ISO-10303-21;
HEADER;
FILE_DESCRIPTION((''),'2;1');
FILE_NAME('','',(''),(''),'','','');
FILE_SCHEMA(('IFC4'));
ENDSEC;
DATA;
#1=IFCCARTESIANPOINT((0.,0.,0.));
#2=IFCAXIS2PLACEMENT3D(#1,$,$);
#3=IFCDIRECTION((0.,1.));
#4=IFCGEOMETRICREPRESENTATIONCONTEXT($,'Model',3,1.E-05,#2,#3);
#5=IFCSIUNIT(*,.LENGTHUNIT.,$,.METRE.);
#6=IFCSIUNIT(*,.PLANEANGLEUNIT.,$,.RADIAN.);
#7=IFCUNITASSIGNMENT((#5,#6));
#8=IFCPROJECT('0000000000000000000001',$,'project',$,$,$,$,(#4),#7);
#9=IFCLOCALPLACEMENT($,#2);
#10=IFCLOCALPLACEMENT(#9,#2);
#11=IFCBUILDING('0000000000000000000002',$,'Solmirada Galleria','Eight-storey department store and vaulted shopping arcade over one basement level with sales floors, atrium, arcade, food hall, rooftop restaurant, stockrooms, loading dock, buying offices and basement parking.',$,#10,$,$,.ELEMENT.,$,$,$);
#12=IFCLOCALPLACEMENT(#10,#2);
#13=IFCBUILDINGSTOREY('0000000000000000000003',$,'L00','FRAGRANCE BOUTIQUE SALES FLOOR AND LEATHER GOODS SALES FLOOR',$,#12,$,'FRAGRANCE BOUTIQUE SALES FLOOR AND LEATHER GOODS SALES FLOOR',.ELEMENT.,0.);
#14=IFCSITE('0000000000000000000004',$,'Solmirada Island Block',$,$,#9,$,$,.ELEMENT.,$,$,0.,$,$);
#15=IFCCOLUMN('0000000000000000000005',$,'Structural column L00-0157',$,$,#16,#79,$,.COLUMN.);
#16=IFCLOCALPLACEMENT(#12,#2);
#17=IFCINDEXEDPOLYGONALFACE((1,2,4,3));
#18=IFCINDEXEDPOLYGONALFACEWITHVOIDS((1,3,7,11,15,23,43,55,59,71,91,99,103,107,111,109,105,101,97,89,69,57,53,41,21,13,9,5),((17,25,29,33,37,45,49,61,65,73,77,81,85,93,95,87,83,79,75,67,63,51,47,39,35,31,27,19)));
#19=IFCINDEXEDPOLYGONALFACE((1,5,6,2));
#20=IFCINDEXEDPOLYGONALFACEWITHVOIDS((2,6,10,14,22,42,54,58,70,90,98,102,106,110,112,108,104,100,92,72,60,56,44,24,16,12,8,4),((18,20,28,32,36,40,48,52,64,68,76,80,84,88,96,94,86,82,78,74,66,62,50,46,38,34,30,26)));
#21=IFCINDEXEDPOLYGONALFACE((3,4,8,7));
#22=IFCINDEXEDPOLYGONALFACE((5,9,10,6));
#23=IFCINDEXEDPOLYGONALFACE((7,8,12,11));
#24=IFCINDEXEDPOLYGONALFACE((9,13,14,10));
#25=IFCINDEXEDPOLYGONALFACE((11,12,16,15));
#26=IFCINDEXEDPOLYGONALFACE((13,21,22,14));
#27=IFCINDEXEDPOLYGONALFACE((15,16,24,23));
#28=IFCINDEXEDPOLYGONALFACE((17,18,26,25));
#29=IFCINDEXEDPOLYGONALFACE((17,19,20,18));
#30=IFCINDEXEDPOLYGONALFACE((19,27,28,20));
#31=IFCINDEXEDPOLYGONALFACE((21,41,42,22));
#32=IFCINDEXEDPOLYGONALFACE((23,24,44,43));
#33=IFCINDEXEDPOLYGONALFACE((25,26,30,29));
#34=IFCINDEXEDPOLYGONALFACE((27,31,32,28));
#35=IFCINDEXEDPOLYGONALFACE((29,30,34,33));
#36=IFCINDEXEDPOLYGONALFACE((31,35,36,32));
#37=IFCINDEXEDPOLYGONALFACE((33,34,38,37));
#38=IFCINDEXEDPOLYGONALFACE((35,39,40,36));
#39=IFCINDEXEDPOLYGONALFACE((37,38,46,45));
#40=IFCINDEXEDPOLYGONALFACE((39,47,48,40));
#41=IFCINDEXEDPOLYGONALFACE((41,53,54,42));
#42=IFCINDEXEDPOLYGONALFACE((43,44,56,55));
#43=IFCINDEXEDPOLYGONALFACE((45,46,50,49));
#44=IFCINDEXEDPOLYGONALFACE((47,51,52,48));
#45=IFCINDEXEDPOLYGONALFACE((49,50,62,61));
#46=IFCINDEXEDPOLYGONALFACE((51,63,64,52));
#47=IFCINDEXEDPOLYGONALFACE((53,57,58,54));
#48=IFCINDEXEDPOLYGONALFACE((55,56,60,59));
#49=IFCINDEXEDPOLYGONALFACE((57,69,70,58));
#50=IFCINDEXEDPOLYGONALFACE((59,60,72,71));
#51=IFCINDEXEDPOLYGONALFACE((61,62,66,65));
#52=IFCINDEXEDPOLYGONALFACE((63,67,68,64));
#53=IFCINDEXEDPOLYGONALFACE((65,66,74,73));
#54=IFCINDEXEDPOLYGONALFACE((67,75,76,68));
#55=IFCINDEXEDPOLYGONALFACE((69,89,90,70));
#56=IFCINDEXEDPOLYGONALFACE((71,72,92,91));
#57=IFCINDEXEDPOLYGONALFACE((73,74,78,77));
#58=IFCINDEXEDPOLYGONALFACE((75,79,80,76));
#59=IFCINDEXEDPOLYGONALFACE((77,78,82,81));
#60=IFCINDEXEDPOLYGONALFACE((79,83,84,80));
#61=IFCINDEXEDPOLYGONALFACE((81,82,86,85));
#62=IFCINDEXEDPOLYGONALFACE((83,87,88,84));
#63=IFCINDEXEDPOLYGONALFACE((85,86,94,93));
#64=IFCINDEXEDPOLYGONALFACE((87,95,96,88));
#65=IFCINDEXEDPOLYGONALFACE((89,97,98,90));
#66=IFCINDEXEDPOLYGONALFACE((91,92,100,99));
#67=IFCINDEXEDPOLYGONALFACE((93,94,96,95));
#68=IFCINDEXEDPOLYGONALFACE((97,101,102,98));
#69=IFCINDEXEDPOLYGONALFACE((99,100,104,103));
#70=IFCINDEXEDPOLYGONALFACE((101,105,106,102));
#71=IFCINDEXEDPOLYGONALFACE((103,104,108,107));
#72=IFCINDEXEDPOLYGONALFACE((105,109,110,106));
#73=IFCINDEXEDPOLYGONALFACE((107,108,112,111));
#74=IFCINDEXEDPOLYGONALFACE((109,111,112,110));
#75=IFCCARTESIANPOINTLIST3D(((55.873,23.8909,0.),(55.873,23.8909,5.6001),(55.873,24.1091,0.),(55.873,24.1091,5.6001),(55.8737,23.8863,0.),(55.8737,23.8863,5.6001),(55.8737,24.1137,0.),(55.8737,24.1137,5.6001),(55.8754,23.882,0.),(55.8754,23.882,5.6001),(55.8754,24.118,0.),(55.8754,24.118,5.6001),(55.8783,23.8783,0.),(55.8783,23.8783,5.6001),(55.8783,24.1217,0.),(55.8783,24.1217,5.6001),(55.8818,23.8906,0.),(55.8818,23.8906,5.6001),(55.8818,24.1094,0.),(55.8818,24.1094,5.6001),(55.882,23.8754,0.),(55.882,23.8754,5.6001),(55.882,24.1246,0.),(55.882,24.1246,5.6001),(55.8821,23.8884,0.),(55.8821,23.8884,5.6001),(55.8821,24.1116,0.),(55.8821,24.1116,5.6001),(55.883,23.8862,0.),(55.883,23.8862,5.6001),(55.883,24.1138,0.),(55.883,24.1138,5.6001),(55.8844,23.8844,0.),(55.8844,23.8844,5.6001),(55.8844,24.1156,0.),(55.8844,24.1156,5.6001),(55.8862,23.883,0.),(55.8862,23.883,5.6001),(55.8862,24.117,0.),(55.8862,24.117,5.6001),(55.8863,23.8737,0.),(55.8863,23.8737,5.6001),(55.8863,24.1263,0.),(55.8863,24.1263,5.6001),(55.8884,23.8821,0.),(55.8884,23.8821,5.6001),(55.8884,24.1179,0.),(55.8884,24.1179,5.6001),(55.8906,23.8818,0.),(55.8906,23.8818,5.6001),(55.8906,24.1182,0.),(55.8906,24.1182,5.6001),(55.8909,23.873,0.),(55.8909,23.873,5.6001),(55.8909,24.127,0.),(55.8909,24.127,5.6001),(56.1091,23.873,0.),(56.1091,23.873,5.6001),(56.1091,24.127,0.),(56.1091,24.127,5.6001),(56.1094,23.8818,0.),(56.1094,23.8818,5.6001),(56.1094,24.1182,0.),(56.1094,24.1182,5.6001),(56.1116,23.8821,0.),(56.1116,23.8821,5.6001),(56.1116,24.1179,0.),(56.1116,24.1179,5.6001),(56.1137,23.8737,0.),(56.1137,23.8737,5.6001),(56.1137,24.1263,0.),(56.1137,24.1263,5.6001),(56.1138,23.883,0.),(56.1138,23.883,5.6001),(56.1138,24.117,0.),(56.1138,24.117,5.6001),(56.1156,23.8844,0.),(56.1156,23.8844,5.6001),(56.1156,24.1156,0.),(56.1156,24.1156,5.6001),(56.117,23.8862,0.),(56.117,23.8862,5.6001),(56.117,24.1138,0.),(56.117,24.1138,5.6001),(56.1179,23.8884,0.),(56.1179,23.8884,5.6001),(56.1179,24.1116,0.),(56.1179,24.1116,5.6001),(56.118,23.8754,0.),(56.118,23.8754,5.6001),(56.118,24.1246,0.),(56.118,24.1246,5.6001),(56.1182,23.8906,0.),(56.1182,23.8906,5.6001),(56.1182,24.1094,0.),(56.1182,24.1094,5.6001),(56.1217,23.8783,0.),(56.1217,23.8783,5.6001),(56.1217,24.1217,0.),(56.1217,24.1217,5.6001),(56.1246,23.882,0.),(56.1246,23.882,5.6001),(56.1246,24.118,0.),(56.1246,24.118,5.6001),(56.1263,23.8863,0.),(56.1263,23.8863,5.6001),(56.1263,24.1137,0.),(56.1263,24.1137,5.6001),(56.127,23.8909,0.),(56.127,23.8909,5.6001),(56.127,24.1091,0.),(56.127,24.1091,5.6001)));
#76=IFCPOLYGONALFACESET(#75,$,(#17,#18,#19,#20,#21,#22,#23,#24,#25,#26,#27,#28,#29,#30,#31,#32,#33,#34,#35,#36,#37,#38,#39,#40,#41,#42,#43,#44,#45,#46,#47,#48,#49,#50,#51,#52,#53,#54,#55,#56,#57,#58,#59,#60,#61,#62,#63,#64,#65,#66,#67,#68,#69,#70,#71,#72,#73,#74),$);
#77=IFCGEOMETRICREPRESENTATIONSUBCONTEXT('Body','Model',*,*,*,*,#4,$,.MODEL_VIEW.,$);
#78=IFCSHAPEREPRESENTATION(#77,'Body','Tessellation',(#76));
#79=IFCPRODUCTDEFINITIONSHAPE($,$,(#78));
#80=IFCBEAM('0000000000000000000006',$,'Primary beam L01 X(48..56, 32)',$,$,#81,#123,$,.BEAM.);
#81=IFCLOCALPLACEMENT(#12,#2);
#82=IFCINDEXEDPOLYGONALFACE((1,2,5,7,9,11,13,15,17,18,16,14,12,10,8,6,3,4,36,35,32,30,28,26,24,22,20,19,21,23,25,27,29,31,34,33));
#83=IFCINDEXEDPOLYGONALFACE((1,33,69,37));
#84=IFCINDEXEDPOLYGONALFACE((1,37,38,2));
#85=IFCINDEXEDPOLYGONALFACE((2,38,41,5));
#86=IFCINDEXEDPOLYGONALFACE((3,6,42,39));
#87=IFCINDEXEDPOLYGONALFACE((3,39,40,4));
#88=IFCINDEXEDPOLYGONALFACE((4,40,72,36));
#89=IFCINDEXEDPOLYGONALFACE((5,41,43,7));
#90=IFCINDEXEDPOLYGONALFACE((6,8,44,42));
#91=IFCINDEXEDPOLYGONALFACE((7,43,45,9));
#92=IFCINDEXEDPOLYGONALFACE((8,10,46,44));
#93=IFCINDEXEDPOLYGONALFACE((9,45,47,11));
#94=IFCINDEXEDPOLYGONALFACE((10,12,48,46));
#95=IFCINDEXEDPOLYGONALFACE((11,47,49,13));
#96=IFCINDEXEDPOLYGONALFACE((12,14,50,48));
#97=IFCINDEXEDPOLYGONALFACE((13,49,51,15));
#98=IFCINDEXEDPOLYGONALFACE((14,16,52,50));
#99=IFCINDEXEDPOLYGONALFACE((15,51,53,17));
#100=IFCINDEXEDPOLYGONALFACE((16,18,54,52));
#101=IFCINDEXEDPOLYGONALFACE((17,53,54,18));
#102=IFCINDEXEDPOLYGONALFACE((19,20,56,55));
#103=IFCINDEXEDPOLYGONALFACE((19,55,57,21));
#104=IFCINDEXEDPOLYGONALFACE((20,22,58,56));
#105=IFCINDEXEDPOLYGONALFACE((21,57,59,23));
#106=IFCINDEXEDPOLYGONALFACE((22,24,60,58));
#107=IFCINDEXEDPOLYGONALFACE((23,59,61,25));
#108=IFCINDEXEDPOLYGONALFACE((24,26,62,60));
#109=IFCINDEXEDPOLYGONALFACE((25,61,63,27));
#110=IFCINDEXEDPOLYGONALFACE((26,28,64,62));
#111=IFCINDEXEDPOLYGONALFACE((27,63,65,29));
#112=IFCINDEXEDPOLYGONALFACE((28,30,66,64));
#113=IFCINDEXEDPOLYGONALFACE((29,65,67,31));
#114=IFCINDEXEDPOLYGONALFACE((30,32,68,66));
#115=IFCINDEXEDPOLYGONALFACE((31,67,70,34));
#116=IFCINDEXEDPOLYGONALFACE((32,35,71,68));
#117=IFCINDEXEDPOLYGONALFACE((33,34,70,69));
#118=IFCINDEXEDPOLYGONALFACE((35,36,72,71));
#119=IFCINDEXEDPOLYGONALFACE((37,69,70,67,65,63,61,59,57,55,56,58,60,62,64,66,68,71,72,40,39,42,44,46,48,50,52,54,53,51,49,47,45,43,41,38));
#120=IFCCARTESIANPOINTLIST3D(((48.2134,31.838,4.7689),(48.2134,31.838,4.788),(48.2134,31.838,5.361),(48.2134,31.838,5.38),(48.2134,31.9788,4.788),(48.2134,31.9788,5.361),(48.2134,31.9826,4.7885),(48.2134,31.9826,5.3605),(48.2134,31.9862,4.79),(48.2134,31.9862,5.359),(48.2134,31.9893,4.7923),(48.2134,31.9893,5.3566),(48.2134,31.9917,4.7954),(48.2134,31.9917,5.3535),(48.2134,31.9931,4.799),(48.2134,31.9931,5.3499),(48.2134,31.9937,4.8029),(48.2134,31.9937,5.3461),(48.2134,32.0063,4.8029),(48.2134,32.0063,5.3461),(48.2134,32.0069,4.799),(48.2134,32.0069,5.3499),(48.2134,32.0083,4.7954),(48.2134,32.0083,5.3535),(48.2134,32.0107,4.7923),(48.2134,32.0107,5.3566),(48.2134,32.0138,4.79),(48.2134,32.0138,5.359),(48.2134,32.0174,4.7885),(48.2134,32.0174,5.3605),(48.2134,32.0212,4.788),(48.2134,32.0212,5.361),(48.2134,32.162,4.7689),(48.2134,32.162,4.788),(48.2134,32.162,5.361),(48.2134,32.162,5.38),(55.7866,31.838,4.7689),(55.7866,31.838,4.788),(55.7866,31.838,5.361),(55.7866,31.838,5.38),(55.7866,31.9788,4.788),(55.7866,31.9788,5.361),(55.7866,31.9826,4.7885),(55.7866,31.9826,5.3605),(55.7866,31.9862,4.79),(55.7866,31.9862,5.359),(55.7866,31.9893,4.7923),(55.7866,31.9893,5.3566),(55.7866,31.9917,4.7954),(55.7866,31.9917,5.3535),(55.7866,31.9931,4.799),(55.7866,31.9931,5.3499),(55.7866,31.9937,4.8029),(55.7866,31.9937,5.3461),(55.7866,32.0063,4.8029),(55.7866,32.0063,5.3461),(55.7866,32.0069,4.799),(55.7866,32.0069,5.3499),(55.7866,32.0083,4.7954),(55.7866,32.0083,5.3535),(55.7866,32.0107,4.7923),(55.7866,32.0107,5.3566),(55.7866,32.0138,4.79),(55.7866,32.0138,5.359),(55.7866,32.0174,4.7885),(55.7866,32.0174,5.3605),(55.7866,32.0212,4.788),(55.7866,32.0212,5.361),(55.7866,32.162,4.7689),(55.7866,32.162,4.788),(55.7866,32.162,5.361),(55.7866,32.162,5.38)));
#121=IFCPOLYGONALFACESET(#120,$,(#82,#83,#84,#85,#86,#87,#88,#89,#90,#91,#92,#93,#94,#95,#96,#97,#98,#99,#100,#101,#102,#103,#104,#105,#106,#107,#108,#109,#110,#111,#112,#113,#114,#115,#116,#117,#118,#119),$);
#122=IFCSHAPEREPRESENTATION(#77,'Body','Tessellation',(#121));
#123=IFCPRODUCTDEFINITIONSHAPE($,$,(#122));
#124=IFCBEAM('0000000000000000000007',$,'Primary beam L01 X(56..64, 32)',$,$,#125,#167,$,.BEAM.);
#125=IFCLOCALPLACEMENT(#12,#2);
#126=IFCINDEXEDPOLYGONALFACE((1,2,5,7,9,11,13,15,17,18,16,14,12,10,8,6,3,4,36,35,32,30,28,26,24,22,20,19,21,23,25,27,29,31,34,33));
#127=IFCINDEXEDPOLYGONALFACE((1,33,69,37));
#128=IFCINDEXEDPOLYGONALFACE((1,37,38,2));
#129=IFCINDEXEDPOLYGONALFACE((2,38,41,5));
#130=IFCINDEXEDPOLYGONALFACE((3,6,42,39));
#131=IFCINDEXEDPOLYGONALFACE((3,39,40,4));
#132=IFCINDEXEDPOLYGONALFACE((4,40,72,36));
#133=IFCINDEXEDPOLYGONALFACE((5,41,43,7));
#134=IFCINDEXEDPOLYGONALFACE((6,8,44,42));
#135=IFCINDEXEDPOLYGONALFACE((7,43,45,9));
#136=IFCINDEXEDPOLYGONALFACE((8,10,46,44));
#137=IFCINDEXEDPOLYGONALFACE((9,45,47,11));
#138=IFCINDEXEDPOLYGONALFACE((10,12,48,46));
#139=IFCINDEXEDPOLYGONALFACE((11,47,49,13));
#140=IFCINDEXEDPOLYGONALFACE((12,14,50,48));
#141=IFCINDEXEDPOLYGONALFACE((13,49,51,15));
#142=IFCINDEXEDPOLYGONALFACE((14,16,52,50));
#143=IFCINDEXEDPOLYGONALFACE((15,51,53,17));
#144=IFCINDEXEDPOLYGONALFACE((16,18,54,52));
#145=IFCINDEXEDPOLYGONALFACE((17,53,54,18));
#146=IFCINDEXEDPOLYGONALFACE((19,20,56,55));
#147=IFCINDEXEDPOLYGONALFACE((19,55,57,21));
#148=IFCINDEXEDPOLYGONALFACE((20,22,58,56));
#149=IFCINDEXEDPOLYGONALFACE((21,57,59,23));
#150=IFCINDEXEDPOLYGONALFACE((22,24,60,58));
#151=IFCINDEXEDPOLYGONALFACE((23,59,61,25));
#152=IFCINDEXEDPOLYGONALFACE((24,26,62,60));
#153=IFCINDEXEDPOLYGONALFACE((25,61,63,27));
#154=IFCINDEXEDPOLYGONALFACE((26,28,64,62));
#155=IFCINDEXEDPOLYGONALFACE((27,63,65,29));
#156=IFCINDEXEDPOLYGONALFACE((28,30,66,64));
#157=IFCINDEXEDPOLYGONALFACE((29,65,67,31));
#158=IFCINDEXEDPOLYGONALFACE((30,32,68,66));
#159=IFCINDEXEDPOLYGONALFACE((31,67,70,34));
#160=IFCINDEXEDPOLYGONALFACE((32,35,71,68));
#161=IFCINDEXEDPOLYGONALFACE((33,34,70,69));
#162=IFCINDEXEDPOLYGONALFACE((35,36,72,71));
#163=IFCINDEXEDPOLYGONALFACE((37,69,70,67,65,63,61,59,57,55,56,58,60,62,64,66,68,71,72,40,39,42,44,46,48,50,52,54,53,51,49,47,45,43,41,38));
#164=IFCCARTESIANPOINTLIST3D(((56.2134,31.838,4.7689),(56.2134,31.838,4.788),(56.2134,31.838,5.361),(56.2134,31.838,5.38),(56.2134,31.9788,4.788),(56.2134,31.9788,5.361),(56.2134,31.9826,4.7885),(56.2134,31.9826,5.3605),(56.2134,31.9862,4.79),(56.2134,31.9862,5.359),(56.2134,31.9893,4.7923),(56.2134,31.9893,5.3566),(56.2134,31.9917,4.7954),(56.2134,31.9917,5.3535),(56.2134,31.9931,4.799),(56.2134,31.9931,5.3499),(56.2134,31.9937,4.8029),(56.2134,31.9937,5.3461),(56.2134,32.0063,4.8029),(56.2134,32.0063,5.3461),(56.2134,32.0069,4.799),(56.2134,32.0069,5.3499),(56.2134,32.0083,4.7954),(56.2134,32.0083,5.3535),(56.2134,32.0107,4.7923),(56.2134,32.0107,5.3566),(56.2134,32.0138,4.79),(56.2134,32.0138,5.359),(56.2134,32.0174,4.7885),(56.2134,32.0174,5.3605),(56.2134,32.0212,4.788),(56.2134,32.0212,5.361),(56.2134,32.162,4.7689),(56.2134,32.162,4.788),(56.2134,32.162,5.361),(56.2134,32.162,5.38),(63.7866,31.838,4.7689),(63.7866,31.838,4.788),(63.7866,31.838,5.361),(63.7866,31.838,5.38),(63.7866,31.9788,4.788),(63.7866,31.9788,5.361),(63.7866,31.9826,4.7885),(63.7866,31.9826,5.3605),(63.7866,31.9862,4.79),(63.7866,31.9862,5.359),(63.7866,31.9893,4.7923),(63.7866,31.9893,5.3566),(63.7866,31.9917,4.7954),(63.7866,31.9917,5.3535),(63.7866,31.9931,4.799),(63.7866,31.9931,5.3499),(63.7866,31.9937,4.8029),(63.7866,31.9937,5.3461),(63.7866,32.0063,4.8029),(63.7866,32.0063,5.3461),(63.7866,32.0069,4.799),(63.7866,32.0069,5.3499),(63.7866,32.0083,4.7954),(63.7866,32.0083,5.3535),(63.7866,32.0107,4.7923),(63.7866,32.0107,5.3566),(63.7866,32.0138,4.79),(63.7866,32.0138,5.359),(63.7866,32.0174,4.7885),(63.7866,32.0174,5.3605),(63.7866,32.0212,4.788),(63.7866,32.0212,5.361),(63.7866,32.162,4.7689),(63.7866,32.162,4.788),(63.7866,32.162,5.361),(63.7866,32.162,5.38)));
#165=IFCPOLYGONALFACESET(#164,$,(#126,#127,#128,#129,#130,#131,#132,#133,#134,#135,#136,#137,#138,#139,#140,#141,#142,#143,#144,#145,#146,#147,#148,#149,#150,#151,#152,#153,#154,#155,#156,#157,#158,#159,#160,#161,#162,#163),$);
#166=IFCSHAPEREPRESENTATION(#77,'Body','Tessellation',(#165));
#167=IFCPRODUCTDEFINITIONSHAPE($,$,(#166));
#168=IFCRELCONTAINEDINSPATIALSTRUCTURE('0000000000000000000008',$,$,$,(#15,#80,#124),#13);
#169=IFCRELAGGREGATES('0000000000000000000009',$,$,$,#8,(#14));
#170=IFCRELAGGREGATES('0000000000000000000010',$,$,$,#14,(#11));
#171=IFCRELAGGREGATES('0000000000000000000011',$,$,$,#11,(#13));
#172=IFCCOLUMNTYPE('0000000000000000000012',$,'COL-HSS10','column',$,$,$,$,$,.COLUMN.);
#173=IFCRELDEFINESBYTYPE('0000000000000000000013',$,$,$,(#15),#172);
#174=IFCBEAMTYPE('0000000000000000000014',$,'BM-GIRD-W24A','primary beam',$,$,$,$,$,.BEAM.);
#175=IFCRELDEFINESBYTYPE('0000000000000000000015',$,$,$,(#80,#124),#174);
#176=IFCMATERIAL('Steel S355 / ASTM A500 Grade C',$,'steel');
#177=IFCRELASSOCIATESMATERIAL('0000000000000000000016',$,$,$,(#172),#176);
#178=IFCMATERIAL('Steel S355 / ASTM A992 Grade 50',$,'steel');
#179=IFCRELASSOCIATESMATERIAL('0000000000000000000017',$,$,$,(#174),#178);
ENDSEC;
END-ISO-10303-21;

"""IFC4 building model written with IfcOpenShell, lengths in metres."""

from ifc_helpers import new_model, si_unit, direction, frame, origin, origin_2d, place, context, subcontext, project, spatial, hollow_rectangle, i_section, extrude, material, material_profile, profile_set, type_object, element, save


model = new_model("IFC4")

# Units and contexts
model_context = context("Model", 3, precision=1e-05, world=origin(), true_north=direction((0.0, 1.0)))
body_context = subcontext(model_context, "Body", "Model", "MODEL_VIEW")
ifc_project = project(units=[si_unit("LENGTHUNIT", "METRE"), si_unit("PLANEANGLEUNIT", "RADIAN")], contexts=[model_context])

# Site, building, storey
site_placement = place(None, origin())
site = spatial("IfcSite", under=ifc_project, at=site_placement, Name="Solmirada Island Block", CompositionType="ELEMENT", RefElevation=0.0)
building_placement = place(site_placement, origin())
building = spatial("IfcBuilding", under=site, at=building_placement, Name="Solmirada Galleria", Description="Eight-storey department store and vaulted shopping arcade over one basement level with sales floors, atrium, arcade, food hall, rooftop restaurant, stockrooms, loading dock, buying offices and basement parking.", CompositionType="ELEMENT")
storey_placement = place(building_placement, origin())
storey = spatial("IfcBuildingStorey", under=building, at=storey_placement, Name="L00", Description="FRAGRANCE BOUTIQUE SALES FLOOR AND LEATHER GOODS SALES FLOOR", LongName="FRAGRANCE BOUTIQUE SALES FLOOR AND LEATHER GOODS SALES FLOOR", CompositionType="ELEMENT", Elevation=0.0)

# Column
ifc_material_1 = material(Name="Steel S355 / ASTM A500 Grade C", Category="steel")
ifc_material_profile_1 = material_profile(ifc_material_1, hollow_rectangle(XDim=0.2539, YDim=0.2539, WallThickness=0.0088, InnerFilletRadius=0.0088, OuterFilletRadius=0.0178, at=origin_2d()), Name="HSS10X10X3/8")
ifc_profile_set_1 = profile_set([ifc_material_profile_1], Name="Steel S355 / ASTM A500 Grade C")
column_type_1 = type_object("IfcColumnType", Name="COL-HSS10", Description="column", PredefinedType="COLUMN", material=ifc_profile_set_1)
for number, where, z_axis, x_axis, name in (
    (1, (56.0, 24.0, 0.0), (0.0, 0.0, 1.0), (1.0, 0.0, 0.0), "Structural column L00-0157"),
):
    element("IfcColumn", number, at=place(storey_placement, frame(where, z_axis=z_axis, x_axis=x_axis)), inside=storey, type_object=column_type_1, Name=name, PredefinedType="COLUMN", context=body_context, shape_type="SweptSolid", body=[
        extrude(hollow_rectangle(XDim=0.2539, YDim=0.2539, WallThickness=0.0088, InnerFilletRadius=0.0088, OuterFilletRadius=0.0178, at=origin_2d()), origin(), (0.0, 0.0, 1.0), 5.6001),
    ])

# Beams
ifc_material_2 = material(Name="Steel S355 / ASTM A992 Grade 50", Category="steel")
ifc_material_profile_2 = material_profile(ifc_material_2, i_section(OverallWidth=0.324, OverallDepth=0.6111, WebThickness=0.0127, FlangeThickness=0.019, FilletRadius=0.0149, at=origin_2d()), Name="W24X104")
ifc_profile_set_2 = profile_set([ifc_material_profile_2], Name="Steel S355 / ASTM A992 Grade 50")
beam_type_1 = type_object("IfcBeamType", Name="BM-GIRD-W24A", Description="primary beam", PredefinedType="BEAM", material=ifc_profile_set_2)
for number, where, z_axis, x_axis, name in (
    (2, (48.2134, 32.0, 5.0745), (1.0, 0.0, 0.0), (0.0, 1.0, 0.0), "Primary beam L01 X(48..56, 32)"),
    (3, (56.2134, 32.0, 5.0745), (1.0, 0.0, 0.0), (0.0, 1.0, 0.0), "Primary beam L01 X(56..64, 32)"),
):
    element("IfcBeam", number, at=place(storey_placement, frame(where, z_axis=z_axis, x_axis=x_axis)), inside=storey, type_object=beam_type_1, Name=name, PredefinedType="BEAM", context=body_context, shape_type="SweptSolid", body=[
        extrude(i_section(OverallWidth=0.324, OverallDepth=0.6111, WebThickness=0.0127, FlangeThickness=0.019, FilletRadius=0.0149, at=origin_2d()), origin(), (0.0, 0.0, 1.0), 7.5732),
    ])

save(model, "model.ifc")
